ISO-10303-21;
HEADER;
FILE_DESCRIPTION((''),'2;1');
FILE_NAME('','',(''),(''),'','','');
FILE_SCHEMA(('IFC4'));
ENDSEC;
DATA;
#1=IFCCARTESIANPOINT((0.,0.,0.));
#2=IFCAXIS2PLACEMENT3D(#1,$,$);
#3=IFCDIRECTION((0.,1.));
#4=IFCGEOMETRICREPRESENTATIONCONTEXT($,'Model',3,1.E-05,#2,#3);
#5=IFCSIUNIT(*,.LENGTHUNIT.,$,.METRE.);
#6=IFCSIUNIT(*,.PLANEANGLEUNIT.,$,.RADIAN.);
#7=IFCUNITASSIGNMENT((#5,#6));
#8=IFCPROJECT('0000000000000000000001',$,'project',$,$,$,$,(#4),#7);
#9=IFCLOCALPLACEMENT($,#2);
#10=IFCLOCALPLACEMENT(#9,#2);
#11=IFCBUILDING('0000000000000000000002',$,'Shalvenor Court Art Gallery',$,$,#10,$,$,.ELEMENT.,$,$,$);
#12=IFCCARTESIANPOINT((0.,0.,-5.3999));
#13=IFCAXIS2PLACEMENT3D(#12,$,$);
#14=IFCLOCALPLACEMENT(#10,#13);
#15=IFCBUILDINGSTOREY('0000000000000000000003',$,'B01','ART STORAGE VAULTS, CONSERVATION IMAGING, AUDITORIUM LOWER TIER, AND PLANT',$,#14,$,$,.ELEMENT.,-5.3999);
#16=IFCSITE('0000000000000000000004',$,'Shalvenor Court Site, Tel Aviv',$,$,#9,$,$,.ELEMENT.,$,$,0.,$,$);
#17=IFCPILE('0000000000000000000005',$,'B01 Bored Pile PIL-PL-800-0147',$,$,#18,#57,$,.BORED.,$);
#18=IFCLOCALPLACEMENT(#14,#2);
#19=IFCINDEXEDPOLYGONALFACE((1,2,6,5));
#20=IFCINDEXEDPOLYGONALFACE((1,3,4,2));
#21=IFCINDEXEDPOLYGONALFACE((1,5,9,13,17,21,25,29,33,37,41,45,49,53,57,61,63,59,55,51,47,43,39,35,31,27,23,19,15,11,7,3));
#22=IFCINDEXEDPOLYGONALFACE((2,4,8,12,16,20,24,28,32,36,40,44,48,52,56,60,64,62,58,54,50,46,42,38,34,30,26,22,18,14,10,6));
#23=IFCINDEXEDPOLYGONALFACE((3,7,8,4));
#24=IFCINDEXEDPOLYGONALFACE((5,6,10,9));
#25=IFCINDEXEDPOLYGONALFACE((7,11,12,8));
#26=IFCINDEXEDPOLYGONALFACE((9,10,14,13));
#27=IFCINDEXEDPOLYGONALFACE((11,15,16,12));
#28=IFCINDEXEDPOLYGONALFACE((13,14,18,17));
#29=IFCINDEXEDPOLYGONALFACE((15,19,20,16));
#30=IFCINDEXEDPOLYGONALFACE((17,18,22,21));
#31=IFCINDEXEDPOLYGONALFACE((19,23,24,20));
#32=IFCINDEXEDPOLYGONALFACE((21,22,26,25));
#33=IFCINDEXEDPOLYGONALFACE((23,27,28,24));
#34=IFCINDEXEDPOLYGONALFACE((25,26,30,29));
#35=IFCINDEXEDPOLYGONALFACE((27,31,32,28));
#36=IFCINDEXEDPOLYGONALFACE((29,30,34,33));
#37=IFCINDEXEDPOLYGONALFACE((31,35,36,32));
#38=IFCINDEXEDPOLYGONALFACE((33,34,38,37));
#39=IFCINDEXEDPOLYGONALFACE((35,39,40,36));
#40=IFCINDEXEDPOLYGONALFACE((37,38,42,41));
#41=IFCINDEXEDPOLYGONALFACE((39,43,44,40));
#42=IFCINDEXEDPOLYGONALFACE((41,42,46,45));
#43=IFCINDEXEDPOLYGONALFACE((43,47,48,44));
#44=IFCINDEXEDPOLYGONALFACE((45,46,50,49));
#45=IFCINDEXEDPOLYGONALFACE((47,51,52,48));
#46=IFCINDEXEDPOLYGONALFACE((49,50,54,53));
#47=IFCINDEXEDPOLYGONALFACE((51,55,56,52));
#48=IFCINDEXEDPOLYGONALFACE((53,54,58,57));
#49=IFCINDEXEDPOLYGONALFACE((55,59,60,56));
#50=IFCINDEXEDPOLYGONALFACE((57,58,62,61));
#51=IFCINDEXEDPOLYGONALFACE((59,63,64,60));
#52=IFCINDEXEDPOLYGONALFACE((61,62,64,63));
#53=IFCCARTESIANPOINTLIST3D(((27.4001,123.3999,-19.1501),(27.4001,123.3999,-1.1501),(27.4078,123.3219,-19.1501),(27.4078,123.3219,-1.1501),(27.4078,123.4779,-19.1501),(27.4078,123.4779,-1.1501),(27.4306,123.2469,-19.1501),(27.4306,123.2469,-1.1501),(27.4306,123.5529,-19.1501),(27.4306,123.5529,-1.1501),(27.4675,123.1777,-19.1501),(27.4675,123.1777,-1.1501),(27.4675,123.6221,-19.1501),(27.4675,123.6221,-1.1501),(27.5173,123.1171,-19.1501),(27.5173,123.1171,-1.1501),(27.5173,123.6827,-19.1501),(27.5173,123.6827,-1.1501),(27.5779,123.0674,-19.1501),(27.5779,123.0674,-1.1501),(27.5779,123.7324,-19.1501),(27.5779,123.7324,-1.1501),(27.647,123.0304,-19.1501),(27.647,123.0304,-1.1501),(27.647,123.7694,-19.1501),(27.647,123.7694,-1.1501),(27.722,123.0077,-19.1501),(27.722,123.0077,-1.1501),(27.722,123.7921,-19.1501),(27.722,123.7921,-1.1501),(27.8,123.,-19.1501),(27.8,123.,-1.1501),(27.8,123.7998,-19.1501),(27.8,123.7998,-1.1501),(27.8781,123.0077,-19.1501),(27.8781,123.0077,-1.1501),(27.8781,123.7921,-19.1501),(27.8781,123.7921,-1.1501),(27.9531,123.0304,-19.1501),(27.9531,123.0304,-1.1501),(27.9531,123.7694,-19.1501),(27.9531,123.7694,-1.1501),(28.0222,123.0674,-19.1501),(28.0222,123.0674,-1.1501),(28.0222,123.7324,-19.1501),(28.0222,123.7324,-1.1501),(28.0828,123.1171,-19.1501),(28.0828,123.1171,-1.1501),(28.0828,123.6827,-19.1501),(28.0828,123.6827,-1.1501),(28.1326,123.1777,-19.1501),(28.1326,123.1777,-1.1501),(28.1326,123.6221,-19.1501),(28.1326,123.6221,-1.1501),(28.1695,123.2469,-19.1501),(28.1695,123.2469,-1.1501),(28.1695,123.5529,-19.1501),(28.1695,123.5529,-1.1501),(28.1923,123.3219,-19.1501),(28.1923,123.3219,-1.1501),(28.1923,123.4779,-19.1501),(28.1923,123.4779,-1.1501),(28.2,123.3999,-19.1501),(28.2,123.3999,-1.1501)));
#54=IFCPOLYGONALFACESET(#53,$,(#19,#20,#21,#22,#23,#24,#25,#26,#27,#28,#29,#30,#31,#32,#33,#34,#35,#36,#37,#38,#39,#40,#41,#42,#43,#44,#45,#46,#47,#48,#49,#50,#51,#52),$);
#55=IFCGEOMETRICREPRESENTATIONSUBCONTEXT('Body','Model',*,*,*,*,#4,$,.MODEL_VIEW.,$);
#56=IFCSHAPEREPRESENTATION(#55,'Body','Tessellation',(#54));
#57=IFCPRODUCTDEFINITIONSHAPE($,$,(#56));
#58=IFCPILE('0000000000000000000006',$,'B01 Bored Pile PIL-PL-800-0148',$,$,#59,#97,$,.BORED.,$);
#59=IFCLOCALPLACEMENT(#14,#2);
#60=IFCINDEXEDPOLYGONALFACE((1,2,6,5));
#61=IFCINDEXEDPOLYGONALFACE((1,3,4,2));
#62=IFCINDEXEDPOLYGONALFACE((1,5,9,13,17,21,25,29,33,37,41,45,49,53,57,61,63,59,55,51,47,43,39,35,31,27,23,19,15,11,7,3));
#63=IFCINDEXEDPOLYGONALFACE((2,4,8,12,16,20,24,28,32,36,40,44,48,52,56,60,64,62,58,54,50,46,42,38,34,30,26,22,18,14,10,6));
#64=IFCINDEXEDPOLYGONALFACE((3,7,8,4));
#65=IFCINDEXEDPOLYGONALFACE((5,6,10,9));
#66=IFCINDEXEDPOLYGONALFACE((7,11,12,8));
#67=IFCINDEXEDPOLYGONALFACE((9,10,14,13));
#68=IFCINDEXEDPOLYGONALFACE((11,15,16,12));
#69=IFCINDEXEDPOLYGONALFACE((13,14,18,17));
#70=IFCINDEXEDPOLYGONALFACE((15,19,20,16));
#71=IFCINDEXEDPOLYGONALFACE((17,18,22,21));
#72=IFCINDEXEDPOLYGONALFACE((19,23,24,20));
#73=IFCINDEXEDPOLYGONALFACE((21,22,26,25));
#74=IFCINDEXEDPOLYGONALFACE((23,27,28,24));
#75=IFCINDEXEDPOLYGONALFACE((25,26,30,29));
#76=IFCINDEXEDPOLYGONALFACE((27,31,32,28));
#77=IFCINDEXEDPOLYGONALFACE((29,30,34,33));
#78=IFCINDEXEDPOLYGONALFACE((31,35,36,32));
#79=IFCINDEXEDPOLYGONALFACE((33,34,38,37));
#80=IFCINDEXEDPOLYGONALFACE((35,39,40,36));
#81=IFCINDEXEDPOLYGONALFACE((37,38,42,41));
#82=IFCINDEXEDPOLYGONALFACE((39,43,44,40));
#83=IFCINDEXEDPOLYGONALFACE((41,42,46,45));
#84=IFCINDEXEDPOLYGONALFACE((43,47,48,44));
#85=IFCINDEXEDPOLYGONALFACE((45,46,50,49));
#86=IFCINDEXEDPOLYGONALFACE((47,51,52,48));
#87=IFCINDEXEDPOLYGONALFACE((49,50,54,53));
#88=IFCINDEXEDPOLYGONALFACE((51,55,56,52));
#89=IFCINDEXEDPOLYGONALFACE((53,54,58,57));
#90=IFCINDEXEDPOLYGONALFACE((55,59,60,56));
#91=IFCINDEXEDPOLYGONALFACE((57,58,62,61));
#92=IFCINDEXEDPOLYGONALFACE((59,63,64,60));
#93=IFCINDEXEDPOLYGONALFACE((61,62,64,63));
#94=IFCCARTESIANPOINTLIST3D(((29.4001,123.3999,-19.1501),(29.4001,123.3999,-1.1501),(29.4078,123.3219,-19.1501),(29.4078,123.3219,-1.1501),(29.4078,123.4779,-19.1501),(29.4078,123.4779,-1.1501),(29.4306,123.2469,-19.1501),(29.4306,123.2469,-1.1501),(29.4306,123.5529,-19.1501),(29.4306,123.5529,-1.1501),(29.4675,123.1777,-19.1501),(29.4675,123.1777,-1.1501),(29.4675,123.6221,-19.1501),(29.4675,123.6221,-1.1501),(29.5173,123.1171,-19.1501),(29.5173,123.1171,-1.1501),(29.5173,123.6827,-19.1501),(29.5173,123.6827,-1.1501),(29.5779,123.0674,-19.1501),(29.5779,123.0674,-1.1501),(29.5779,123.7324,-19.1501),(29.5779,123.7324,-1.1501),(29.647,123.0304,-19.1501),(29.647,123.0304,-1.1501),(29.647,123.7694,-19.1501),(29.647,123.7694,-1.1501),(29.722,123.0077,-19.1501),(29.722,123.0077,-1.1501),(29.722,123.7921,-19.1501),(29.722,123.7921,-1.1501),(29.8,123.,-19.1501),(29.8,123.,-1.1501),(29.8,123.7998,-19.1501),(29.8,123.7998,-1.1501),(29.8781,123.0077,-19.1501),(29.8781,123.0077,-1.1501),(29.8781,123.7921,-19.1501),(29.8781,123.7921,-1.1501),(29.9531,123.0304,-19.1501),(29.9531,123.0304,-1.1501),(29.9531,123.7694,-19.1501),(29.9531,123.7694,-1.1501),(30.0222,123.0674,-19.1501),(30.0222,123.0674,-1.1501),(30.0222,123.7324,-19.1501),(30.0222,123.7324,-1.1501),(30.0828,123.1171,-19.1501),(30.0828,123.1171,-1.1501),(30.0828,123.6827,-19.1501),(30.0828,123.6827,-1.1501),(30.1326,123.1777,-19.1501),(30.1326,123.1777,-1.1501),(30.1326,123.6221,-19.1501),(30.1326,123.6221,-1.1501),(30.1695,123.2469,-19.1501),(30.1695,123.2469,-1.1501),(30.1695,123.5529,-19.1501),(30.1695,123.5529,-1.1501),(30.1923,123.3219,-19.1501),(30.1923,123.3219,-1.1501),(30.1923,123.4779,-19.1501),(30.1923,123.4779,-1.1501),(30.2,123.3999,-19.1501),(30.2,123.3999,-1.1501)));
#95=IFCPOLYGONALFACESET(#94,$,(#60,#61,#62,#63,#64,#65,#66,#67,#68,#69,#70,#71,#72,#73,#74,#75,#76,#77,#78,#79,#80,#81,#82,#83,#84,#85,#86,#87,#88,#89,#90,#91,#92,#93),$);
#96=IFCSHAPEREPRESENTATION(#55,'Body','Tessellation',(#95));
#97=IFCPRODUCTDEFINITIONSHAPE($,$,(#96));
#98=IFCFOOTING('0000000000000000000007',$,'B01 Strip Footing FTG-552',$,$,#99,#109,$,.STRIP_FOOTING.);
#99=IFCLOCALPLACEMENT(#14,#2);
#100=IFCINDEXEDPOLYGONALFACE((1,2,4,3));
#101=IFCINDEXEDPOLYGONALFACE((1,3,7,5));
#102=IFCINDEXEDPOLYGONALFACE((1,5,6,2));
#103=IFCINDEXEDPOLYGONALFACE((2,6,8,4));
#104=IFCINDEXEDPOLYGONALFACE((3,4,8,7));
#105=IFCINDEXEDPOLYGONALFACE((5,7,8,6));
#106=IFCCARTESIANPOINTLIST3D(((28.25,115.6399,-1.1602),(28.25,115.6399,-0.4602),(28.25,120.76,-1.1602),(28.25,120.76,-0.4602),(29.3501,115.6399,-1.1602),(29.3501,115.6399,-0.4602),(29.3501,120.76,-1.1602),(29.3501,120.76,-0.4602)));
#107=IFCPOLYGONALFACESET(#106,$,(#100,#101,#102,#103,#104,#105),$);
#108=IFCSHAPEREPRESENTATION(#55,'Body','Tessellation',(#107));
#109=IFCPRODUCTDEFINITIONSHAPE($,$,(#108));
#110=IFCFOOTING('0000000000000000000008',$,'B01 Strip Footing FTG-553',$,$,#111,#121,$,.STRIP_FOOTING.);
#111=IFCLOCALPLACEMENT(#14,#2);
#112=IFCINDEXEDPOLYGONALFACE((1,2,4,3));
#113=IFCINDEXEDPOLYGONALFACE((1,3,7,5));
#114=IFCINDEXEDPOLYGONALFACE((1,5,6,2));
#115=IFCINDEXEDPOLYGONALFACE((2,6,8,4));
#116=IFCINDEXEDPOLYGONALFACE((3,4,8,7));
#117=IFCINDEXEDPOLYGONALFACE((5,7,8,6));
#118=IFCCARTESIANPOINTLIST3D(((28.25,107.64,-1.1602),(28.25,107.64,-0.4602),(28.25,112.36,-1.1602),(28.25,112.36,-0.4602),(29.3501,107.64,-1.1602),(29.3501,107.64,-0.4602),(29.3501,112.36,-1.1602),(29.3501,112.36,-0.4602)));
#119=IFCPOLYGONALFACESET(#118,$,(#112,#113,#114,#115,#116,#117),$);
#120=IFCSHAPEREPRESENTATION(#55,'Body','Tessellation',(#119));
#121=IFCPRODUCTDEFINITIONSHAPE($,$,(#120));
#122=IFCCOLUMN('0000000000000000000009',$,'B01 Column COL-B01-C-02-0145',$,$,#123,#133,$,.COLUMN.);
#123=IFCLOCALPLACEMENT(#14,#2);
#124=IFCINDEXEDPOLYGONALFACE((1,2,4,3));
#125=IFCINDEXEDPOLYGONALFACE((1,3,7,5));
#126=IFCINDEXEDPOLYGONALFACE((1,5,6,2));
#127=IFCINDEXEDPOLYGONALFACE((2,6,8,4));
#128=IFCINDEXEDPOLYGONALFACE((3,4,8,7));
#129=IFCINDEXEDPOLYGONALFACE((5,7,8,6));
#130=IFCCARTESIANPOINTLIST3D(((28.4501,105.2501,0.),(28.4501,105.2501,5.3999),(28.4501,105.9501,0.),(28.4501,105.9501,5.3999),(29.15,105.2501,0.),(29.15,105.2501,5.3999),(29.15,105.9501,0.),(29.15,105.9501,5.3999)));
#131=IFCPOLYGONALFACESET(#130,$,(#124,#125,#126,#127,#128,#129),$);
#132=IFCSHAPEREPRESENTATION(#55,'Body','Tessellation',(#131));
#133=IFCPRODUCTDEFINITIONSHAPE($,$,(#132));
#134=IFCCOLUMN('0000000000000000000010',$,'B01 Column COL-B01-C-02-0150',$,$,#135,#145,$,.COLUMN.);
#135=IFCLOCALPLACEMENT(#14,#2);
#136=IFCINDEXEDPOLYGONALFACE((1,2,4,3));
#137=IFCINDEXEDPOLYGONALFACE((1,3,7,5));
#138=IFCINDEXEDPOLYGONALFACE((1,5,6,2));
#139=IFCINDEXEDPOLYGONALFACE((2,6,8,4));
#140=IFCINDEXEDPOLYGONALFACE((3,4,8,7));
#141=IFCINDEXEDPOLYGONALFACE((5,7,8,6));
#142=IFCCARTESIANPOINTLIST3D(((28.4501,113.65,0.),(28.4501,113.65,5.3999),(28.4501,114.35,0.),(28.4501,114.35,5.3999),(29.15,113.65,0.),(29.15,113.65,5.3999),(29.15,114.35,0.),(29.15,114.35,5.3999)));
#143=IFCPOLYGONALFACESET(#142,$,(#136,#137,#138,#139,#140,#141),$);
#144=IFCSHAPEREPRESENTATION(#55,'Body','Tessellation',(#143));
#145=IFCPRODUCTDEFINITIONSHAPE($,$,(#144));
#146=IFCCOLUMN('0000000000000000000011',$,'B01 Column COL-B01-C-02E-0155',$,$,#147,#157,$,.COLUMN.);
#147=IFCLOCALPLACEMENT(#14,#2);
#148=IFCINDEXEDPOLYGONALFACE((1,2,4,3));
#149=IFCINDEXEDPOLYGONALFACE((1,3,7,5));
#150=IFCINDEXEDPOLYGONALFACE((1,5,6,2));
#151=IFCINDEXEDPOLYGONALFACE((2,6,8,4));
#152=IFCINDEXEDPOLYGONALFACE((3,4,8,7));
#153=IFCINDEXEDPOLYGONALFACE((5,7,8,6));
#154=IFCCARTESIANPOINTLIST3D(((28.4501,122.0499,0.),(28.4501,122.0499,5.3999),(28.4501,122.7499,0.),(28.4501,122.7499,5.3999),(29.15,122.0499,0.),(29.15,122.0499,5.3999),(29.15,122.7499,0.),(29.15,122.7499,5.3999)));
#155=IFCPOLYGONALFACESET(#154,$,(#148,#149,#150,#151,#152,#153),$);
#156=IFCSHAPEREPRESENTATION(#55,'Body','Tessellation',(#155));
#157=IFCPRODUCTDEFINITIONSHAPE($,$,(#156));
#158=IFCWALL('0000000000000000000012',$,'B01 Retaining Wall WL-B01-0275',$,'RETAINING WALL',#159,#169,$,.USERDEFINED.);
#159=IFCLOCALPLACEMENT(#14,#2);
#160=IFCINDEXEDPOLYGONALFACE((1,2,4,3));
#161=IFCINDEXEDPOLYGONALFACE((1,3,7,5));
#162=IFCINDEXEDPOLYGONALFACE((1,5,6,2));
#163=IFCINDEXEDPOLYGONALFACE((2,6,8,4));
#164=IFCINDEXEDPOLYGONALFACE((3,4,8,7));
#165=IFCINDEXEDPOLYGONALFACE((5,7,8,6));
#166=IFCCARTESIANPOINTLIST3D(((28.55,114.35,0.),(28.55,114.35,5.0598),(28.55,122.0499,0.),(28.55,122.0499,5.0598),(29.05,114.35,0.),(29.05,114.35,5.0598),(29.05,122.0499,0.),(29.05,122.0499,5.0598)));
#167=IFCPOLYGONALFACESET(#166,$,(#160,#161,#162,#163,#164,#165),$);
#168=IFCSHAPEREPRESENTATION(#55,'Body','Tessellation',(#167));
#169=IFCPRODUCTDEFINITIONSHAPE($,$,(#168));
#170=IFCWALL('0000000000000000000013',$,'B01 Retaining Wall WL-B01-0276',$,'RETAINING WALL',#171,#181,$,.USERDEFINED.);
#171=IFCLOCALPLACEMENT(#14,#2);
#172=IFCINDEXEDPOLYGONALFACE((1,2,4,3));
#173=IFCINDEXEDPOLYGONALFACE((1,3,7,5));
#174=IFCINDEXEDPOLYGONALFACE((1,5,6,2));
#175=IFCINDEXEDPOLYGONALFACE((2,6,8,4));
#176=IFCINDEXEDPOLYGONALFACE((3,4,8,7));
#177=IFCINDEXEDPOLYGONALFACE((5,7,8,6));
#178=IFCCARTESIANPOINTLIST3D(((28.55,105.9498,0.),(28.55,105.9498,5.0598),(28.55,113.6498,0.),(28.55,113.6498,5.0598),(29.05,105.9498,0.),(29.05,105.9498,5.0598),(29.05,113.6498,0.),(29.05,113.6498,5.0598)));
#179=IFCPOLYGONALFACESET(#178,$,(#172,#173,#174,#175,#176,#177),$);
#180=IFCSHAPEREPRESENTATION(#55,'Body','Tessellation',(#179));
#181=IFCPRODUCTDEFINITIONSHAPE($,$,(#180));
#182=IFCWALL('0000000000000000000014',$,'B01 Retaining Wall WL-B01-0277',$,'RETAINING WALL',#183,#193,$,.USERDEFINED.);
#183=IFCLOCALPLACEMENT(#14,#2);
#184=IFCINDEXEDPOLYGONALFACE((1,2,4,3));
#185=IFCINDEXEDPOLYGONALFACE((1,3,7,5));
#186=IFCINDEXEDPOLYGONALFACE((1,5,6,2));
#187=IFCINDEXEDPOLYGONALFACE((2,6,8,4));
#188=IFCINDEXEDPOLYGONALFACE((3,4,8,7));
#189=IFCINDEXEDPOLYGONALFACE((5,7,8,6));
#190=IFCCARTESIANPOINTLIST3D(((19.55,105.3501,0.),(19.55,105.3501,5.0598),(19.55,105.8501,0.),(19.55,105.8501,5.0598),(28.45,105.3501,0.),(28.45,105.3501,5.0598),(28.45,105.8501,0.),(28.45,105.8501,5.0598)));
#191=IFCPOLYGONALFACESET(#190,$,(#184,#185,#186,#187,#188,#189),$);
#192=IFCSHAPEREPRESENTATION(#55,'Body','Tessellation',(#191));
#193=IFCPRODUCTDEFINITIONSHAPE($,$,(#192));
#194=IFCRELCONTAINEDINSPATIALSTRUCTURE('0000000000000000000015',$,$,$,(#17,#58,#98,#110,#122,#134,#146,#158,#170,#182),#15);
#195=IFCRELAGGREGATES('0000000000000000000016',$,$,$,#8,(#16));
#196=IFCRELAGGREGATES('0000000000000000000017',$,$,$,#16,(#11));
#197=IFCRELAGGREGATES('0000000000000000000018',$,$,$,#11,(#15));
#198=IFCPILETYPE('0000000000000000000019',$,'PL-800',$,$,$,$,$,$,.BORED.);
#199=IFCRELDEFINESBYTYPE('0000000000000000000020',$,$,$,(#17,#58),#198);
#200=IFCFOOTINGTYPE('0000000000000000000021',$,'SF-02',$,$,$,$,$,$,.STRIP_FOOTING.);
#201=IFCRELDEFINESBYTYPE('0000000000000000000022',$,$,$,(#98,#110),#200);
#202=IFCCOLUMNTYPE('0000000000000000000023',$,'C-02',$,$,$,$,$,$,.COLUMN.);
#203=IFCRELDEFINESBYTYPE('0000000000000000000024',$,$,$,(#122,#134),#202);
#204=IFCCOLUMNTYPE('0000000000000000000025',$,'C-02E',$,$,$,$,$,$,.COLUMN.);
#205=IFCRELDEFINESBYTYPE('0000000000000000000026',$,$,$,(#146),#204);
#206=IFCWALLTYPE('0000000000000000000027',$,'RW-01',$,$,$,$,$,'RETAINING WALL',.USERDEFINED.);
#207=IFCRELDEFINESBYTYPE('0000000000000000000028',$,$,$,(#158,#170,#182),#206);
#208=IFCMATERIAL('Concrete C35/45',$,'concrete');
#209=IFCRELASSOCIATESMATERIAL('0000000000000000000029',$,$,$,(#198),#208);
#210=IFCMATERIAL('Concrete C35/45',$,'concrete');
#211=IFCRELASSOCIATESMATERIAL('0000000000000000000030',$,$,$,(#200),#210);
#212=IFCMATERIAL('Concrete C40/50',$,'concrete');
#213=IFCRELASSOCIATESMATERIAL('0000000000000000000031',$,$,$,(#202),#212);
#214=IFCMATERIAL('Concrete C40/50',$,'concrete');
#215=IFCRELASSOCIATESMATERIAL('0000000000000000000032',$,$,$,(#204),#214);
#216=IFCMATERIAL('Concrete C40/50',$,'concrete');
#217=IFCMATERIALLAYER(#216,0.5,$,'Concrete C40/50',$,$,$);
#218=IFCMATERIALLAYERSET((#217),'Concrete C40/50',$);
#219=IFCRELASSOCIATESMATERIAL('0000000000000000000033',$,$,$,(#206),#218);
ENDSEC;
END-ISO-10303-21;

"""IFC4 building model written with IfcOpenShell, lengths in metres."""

from ifc_helpers import new_model, si_unit, direction, frame, frame_2d, origin, origin_2d, place, context, subcontext, project, spatial, rectangle, circle, extrude, material, layer, layer_set, material_profile, profile_set, type_object, element, save


model = new_model("IFC4")

# Units and contexts
model_context = context("Model", 3, precision=1e-05, world=origin(), true_north=direction((0.0, 1.0)))
body_context = subcontext(model_context, "Body", "Model", "MODEL_VIEW")
ifc_project = project(units=[si_unit("LENGTHUNIT", "METRE"), si_unit("PLANEANGLEUNIT", "RADIAN")], contexts=[model_context])

# Site, building, storey
site_placement = place(None, origin())
site = spatial("IfcSite", under=ifc_project, at=site_placement, Name="Shalvenor Court Site, Tel Aviv", CompositionType="ELEMENT", RefElevation=0.0)
building_placement = place(site_placement, origin())
building = spatial("IfcBuilding", under=site, at=building_placement, Name="Shalvenor Court Art Gallery", CompositionType="ELEMENT")
storey_placement = place(building_placement, frame((0.0, 0.0, -5.3999)))
storey = spatial("IfcBuildingStorey", under=building, at=storey_placement, Name="B01", Description="ART STORAGE VAULTS, CONSERVATION IMAGING, AUDITORIUM LOWER TIER, AND PLANT", CompositionType="ELEMENT", Elevation=-5.3999)

# Piles
ifc_material_1 = material(Name="Concrete C35/45", Category="concrete")
ifc_material_profile_1 = material_profile(ifc_material_1, circle(Radius=0.3999, at=origin_2d()), Name="PILE 800")
ifc_profile_set_1 = profile_set([ifc_material_profile_1], Name="Concrete C35/45")
pile_type_1 = type_object("IfcPileType", Name="PL-800", PredefinedType="BORED", material=ifc_profile_set_1)
for number, where, z_axis, x_axis, name in (
    (1, (27.8, 123.3999, -1.1501), (0.0, 0.0, -1.0), (1.0, 0.0, 0.0), "B01 Bored Pile PIL-PL-800-0147"),
    (2, (29.8, 123.3999, -1.1501), (0.0, 0.0, -1.0), (1.0, 0.0, 0.0), "B01 Bored Pile PIL-PL-800-0148"),
):
    element("IfcPile", number, at=place(storey_placement, frame(where, z_axis=z_axis, x_axis=x_axis)), inside=storey, type_object=pile_type_1, Name=name, PredefinedType="BORED", context=body_context, shape_type="SweptSolid", body=[
        extrude(circle(Radius=0.3999, at=origin_2d()), origin(), (0.0, 0.0, 1.0), 18.0),
    ])

# Footings
ifc_material_2 = material(Name="Concrete C35/45", Category="concrete")
footing_type_1 = type_object("IfcFootingType", Name="SF-02", PredefinedType="STRIP_FOOTING", material=ifc_material_2)
footing_1_placement = place(storey_placement, frame((28.8, 118.2, -1.1602), z_axis=(0.0, 0.0, 1.0), x_axis=(0.0, 1.0, 0.0)))
element("IfcFooting", 3, at=footing_1_placement, inside=storey, type_object=footing_type_1, Name="B01 Strip Footing FTG-552", PredefinedType="STRIP_FOOTING", context=body_context, shape_type="SweptSolid", body=[
    extrude(rectangle(XDim=5.1201, YDim=1.1001, at=origin_2d()), origin(), (0.0, 0.0, 1.0), 0.7),
])
footing_2_placement = place(storey_placement, frame((28.8, 110.0, -1.1602), z_axis=(0.0, 0.0, 1.0), x_axis=(0.0, 1.0, 0.0)))
element("IfcFooting", 4, at=footing_2_placement, inside=storey, type_object=footing_type_1, Name="B01 Strip Footing FTG-553", PredefinedType="STRIP_FOOTING", context=body_context, shape_type="SweptSolid", body=[
    extrude(rectangle(XDim=4.72, YDim=1.1001, at=origin_2d()), origin(), (0.0, 0.0, 1.0), 0.7),
])

# Columns
ifc_material_3 = material(Name="Concrete C40/50", Category="concrete")
ifc_material_profile_2 = material_profile(ifc_material_3, rectangle(XDim=0.7, YDim=0.7, at=origin_2d()), Name="RC 700x700")
ifc_profile_set_2 = profile_set([ifc_material_profile_2], Name="Concrete C40/50")
column_type_1 = type_object("IfcColumnType", Name="C-02", PredefinedType="COLUMN", material=ifc_profile_set_2)
for number, where, z_axis, x_axis, name in (
    (5, (28.8, 105.6001, 0.0), (0.0, 0.0, 1.0), (1.0, 0.0, 0.0), "B01 Column COL-B01-C-02-0145"),
    (6, (28.8, 114.0, 0.0), (0.0, 0.0, 1.0), (1.0, 0.0, 0.0), "B01 Column COL-B01-C-02-0150"),
):
    element("IfcColumn", number, at=place(storey_placement, frame(where, z_axis=z_axis, x_axis=x_axis)), inside=storey, type_object=column_type_1, Name=name, PredefinedType="COLUMN", context=body_context, shape_type="SweptSolid", body=[
        extrude(rectangle(XDim=0.7, YDim=0.7, at=origin_2d()), origin(), (0.0, 0.0, 1.0), 5.3999),
    ])
ifc_material_4 = material(Name="Concrete C40/50", Category="concrete")
ifc_material_profile_3 = material_profile(ifc_material_4, rectangle(XDim=0.7, YDim=0.7, at=origin_2d()), Name="RC 700x700")
ifc_profile_set_3 = profile_set([ifc_material_profile_3], Name="Concrete C40/50")
column_type_2 = type_object("IfcColumnType", Name="C-02E", PredefinedType="COLUMN", material=ifc_profile_set_3)
column_placement = place(storey_placement, frame((28.8, 122.3999, 0.0), z_axis=(0.0, 0.0, 1.0), x_axis=(1.0, 0.0, 0.0)))
element("IfcColumn", 7, at=column_placement, inside=storey, type_object=column_type_2, Name="B01 Column COL-B01-C-02E-0155", PredefinedType="COLUMN", context=body_context, shape_type="SweptSolid", body=[
    extrude(rectangle(XDim=0.7, YDim=0.7, at=origin_2d()), origin(), (0.0, 0.0, 1.0), 5.3999),
])

# Walls
ifc_material_5 = material(Name="Concrete C40/50", Category="concrete")
ifc_layer = layer(ifc_material_5, 0.5, Name="Concrete C40/50")
ifc_layer_set = layer_set([ifc_layer], Name="Concrete C40/50")
wall_type = type_object("IfcWallType", Name="RW-01", ElementType="RETAINING WALL", PredefinedType="USERDEFINED", material=ifc_layer_set)
for number, where, z_axis, x_axis, name in (
    (8, (28.8, 122.05, 0.0), (0.0, 0.0, 1.0), (0.0, -1.0, 0.0), "B01 Retaining Wall WL-B01-0275"),
    (9, (28.8, 113.6499, 0.0), (0.0, 0.0, 1.0), (0.0, -1.0, 0.0), "B01 Retaining Wall WL-B01-0276"),
):
    element("IfcWall", number, at=place(storey_placement, frame(where, z_axis=z_axis, x_axis=x_axis)), inside=storey, type_object=wall_type, Name=name, ObjectType="RETAINING WALL", PredefinedType="USERDEFINED", context=body_context, shape_type="SweptSolid", body=[
        extrude(rectangle(XDim=7.7, YDim=0.5, at=frame_2d((3.8501, 0.0))), origin(), (0.0, 0.0, 1.0), 5.0598),
    ])
wall_placement = place(storey_placement, frame((28.45, 105.6001, 0.0), z_axis=(0.0, 0.0, 1.0), x_axis=(-1.0, 0.0, 0.0)))
element("IfcWall", 10, at=wall_placement, inside=storey, type_object=wall_type, Name="B01 Retaining Wall WL-B01-0277", ObjectType="RETAINING WALL", PredefinedType="USERDEFINED", context=body_context, shape_type="SweptSolid", body=[
    extrude(rectangle(XDim=8.8999, YDim=0.5, at=frame_2d((4.45, 0.0))), origin(), (0.0, 0.0, 1.0), 5.0598),
])

save(model, "model.ifc")
